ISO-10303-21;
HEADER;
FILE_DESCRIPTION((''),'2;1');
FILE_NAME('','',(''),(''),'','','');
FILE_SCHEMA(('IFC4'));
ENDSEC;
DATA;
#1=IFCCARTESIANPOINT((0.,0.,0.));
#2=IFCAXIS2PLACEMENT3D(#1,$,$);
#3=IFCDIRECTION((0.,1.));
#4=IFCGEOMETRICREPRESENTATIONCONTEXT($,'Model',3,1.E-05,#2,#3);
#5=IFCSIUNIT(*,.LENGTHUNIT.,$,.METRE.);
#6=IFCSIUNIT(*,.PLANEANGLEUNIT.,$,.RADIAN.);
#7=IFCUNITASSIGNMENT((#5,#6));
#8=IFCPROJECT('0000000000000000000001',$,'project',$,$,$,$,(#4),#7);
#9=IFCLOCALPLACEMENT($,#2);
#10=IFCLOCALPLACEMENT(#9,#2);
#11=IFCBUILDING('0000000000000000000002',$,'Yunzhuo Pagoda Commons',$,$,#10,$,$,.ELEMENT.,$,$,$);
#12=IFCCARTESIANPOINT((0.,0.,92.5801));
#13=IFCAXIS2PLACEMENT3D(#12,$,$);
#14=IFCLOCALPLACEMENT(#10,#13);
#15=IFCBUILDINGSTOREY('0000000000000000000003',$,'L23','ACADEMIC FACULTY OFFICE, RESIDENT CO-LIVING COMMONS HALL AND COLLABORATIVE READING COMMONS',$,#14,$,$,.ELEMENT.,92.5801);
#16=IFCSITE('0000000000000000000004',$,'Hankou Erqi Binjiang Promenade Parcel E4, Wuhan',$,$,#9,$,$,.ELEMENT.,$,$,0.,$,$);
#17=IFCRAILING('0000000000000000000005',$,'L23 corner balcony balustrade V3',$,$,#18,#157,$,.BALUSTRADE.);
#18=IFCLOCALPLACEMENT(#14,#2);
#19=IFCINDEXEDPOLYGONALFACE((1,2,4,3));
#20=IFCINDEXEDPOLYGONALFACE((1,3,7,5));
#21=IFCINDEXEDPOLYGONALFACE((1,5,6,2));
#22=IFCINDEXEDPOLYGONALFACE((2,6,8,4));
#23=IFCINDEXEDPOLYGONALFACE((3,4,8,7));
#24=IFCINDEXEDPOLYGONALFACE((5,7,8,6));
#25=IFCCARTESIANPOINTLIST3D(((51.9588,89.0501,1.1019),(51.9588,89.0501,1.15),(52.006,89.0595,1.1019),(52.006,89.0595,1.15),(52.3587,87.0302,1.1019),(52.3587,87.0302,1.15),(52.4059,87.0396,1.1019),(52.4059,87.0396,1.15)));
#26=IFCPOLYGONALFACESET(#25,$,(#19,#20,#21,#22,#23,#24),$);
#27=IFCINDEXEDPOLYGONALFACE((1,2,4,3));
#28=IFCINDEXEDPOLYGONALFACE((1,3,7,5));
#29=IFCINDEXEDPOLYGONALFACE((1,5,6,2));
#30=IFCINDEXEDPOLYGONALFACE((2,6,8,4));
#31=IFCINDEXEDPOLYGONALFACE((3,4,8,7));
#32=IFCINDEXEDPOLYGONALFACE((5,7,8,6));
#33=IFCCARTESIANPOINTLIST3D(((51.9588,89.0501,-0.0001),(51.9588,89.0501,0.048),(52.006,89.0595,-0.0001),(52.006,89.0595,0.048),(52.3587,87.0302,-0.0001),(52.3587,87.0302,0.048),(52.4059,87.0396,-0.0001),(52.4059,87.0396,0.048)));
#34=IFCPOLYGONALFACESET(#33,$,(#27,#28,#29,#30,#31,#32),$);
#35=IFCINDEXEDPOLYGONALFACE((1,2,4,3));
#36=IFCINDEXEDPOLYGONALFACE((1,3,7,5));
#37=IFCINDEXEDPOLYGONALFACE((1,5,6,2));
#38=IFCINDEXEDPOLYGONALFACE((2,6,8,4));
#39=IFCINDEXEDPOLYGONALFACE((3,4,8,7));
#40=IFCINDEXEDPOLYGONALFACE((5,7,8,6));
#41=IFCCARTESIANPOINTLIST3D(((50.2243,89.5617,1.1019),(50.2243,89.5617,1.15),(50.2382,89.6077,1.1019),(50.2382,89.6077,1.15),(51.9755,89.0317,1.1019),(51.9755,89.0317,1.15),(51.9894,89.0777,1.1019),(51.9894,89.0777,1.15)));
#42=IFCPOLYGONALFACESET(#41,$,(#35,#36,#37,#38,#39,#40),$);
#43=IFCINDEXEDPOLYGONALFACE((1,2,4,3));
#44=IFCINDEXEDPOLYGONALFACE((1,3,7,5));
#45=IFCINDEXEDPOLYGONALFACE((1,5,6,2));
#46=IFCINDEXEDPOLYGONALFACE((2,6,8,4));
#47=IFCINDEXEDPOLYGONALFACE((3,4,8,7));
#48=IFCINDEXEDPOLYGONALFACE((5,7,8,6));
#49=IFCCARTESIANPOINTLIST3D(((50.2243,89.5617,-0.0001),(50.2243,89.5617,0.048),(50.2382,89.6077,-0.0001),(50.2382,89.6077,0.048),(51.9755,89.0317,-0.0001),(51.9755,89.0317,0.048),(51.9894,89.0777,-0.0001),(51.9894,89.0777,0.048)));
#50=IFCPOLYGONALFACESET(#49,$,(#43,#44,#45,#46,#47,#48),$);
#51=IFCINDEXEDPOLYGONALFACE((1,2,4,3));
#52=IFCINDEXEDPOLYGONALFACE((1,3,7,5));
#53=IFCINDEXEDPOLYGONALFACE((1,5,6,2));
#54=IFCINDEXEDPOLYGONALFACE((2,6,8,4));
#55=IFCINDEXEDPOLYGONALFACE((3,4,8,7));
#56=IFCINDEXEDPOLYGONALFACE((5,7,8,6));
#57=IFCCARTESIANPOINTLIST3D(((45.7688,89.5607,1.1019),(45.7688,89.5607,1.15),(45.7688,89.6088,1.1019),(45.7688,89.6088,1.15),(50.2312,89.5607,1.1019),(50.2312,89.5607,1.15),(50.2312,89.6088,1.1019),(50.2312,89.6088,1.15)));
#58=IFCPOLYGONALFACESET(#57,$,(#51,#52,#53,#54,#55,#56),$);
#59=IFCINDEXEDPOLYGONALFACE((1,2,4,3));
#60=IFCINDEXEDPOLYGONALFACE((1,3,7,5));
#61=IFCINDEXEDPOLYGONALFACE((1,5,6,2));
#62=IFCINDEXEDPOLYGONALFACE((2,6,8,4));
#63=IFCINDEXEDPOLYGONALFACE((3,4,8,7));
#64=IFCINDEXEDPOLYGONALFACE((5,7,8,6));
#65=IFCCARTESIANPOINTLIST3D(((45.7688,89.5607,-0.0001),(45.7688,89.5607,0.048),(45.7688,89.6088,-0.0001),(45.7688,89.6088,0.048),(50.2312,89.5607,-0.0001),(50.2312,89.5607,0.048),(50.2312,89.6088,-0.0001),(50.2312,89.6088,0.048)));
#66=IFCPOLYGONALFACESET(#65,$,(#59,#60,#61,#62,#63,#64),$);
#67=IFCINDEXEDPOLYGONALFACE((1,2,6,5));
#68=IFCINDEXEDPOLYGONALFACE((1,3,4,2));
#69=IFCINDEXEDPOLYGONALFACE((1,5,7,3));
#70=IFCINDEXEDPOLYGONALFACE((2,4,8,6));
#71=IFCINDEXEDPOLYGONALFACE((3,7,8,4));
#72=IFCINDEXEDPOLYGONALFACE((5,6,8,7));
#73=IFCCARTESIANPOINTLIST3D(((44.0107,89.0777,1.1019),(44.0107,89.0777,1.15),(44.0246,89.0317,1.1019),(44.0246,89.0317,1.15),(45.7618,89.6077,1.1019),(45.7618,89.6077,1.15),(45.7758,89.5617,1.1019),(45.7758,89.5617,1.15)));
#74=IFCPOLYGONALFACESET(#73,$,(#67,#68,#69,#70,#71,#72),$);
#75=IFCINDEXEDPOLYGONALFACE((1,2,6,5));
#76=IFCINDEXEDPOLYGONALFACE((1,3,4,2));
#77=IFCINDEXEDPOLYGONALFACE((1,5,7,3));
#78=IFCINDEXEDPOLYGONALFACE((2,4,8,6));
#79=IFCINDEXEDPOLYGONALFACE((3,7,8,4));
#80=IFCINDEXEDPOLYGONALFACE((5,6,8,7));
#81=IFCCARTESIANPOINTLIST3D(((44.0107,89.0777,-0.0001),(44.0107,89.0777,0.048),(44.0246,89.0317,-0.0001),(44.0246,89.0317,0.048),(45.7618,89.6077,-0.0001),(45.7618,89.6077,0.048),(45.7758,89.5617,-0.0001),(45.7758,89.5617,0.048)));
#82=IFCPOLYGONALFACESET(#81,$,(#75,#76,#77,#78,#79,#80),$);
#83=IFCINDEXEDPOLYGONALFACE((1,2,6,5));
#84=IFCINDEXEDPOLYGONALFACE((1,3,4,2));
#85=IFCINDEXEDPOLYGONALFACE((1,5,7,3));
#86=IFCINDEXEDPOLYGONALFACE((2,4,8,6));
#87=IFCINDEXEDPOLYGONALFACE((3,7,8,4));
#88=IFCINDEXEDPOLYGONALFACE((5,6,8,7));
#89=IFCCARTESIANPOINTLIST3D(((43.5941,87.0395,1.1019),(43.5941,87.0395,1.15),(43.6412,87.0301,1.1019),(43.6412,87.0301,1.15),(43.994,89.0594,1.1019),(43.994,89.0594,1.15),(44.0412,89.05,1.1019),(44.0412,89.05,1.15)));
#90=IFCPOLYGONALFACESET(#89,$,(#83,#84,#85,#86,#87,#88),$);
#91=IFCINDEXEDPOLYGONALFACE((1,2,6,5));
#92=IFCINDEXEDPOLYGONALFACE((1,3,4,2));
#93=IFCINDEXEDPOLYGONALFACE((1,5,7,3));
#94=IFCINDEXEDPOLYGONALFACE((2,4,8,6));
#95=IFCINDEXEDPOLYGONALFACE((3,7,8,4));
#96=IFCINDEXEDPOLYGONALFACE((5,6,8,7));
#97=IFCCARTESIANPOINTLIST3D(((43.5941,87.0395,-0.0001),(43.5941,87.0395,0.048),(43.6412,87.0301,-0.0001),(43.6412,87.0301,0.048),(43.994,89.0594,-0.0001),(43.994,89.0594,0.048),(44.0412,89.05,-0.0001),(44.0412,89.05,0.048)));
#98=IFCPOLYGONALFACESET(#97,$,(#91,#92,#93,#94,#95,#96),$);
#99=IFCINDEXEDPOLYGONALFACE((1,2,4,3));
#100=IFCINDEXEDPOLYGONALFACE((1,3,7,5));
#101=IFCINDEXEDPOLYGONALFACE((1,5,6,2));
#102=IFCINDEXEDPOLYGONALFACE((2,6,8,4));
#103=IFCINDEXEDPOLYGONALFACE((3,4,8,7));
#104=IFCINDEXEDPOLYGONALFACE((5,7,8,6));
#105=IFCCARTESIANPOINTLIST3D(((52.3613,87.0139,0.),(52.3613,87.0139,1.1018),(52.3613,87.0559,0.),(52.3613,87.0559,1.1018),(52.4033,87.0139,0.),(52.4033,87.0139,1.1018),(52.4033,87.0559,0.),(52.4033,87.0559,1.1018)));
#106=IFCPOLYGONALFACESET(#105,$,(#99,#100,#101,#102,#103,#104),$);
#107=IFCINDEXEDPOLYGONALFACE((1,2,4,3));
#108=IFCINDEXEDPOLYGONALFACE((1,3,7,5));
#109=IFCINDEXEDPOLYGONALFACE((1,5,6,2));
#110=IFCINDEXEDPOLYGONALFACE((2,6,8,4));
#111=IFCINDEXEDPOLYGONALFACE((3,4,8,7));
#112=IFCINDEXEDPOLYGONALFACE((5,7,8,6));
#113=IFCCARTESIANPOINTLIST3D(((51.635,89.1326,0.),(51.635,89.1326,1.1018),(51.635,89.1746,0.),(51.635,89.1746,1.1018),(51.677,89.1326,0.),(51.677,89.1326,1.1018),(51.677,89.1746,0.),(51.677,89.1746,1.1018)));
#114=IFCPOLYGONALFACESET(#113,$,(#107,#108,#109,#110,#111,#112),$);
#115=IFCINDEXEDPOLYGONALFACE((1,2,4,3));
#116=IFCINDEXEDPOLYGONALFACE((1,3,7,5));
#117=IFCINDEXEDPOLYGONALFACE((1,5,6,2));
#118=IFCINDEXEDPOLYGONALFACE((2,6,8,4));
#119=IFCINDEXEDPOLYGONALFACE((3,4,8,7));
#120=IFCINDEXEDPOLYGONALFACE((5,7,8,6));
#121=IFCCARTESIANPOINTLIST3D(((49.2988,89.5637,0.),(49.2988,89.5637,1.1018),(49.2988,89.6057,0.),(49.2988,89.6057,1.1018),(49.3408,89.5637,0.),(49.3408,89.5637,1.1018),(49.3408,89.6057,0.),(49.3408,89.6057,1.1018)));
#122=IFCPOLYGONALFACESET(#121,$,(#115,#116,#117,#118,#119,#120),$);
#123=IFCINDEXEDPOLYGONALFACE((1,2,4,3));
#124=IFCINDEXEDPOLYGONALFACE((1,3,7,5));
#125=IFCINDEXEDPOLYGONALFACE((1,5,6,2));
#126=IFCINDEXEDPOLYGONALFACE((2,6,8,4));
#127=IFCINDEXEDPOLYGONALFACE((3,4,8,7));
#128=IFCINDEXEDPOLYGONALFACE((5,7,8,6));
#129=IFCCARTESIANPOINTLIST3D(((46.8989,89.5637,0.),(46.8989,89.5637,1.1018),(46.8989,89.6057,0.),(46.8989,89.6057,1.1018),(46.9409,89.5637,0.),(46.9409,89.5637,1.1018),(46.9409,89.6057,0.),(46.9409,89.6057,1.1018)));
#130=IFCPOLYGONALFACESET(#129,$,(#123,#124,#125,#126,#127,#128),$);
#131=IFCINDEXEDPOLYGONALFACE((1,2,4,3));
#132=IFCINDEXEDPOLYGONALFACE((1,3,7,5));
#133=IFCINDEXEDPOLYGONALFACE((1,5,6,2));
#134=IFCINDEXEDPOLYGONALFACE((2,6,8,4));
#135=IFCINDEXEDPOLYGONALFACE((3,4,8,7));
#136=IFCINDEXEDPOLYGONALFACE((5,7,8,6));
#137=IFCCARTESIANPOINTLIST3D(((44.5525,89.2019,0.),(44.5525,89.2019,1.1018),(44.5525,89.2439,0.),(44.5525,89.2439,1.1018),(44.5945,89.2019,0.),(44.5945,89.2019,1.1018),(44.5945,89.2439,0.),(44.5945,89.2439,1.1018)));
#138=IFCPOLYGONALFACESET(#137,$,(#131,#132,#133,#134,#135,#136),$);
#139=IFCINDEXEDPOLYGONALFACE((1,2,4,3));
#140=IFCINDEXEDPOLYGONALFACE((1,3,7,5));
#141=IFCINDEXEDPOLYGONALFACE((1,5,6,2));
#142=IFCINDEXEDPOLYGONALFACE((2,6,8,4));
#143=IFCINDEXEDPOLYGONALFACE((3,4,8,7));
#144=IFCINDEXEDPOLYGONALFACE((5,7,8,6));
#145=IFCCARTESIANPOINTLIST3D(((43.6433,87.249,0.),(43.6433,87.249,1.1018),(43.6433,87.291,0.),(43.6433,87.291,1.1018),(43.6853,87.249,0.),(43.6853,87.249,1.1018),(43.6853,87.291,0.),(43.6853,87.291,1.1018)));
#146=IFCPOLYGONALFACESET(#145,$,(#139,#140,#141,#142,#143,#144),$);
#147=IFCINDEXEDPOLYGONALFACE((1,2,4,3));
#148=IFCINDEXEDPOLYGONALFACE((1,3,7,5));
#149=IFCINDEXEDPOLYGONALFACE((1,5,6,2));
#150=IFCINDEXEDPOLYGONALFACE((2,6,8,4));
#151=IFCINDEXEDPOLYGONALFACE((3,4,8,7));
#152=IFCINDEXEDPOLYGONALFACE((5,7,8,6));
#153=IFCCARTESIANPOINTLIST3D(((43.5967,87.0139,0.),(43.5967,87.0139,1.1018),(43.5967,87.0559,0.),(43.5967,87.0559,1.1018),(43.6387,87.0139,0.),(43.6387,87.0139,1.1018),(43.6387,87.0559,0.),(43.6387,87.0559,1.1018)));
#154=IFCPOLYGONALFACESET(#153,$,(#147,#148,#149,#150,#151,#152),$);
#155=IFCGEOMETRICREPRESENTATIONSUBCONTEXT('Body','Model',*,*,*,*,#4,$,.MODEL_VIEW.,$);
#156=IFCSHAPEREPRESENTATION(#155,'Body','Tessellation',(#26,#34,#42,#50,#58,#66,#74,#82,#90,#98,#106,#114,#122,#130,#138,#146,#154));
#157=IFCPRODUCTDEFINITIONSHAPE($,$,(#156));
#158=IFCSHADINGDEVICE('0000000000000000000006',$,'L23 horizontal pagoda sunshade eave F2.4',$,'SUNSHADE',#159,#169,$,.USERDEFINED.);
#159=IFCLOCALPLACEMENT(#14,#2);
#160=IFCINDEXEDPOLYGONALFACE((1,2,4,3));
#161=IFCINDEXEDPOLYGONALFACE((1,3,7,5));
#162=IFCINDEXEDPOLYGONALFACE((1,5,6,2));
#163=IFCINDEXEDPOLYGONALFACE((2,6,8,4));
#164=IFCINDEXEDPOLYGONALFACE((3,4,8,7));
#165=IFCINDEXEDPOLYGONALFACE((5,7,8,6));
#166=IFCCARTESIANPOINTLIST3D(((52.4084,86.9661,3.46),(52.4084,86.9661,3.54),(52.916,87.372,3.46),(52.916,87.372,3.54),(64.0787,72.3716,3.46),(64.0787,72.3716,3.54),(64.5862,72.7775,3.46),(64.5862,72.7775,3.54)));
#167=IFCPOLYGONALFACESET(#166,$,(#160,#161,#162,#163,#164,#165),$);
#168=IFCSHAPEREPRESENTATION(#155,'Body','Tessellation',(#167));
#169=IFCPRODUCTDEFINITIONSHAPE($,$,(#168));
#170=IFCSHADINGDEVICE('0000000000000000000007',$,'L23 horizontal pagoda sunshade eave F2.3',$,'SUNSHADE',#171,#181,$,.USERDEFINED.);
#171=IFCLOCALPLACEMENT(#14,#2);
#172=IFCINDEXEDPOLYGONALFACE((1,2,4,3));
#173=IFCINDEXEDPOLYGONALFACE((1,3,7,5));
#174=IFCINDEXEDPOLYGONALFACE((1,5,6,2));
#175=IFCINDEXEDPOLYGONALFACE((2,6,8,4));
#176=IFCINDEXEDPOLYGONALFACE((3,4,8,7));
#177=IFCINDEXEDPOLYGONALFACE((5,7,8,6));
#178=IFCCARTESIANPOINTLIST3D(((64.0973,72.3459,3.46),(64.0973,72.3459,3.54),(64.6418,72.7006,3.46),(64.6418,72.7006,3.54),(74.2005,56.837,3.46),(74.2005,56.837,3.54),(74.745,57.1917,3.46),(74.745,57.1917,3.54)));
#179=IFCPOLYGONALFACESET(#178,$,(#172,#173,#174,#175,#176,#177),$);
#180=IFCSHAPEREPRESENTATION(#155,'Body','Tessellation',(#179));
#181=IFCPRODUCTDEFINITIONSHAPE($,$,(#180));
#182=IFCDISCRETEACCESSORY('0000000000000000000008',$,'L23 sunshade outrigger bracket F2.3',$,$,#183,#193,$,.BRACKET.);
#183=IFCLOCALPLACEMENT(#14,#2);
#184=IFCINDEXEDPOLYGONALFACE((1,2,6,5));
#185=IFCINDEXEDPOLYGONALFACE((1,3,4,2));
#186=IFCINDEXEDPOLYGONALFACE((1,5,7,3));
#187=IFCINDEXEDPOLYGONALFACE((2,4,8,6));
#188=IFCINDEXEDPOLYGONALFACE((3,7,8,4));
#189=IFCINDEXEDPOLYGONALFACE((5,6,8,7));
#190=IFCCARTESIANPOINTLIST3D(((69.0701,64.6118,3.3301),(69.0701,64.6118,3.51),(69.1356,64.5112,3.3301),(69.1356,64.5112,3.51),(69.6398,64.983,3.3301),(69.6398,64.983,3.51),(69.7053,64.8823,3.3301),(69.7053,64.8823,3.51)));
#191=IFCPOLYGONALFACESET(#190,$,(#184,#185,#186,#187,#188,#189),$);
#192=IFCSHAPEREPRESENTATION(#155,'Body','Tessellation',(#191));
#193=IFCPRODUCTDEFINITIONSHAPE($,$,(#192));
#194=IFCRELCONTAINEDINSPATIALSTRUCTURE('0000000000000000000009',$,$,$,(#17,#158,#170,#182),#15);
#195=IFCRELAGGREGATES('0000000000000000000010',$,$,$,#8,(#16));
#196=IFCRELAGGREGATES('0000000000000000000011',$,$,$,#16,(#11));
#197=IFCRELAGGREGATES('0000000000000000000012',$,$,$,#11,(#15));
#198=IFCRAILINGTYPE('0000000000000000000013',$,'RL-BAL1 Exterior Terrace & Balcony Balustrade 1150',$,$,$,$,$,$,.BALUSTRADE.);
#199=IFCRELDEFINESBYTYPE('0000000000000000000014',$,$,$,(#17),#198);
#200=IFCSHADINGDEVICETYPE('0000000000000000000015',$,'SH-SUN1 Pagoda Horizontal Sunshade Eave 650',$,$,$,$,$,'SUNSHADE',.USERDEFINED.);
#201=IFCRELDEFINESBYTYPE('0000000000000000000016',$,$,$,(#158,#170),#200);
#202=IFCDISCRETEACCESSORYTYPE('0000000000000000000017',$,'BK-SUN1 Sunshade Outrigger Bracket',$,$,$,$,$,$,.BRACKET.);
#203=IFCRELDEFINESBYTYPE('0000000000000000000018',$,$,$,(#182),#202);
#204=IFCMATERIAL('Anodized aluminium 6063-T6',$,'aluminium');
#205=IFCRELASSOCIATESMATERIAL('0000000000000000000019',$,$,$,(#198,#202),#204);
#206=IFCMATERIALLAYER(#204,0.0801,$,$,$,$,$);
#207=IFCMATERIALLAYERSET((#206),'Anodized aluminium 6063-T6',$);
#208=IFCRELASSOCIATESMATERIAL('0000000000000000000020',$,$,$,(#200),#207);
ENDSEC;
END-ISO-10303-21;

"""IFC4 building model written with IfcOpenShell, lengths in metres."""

from ifc_helpers import new_model, si_unit, direction, frame, origin, origin_2d, place, context, subcontext, project, spatial, rectangle, extrude, source, transform, mapped, material, layer, layer_set, type_object, element, save


model = new_model("IFC4")

# Units and contexts
model_context = context("Model", 3, precision=1e-05, world=origin(), true_north=direction((0.0, 1.0)))
body_context = subcontext(model_context, "Body", "Model", "MODEL_VIEW")
ifc_project = project(units=[si_unit("LENGTHUNIT", "METRE"), si_unit("PLANEANGLEUNIT", "RADIAN")], contexts=[model_context])

# Site, building, storey
site_placement = place(None, origin())
site = spatial("IfcSite", under=ifc_project, at=site_placement, Name="Hankou Erqi Binjiang Promenade Parcel E4, Wuhan", CompositionType="ELEMENT", RefElevation=0.0)
building_placement = place(site_placement, origin())
building = spatial("IfcBuilding", under=site, at=building_placement, Name="Yunzhuo Pagoda Commons", CompositionType="ELEMENT")
storey_placement = place(building_placement, frame((0.0, 0.0, 92.5801)))
storey = spatial("IfcBuildingStorey", under=building, at=storey_placement, Name="L23", Description="ACADEMIC FACULTY OFFICE, RESIDENT CO-LIVING COMMONS HALL AND COLLABORATIVE READING COMMONS", CompositionType="ELEMENT", Elevation=92.5801)

# Shared definitions
ifc_material_1 = material(Name="Anodized aluminium 6063-T6", Category="aluminium")

# Railing
railing_type_1 = type_object("IfcRailingType", Name="RL-BAL1 Exterior Terrace & Balcony Balustrade 1150", PredefinedType="BALUSTRADE", material=ifc_material_1)
railing_1_placement = place(storey_placement, frame((52.3823, 87.0349, 0.0)))
element("IfcRailing", 1, at=railing_1_placement, inside=storey, type_object=railing_type_1, Name="L23 corner balcony balustrade V3", PredefinedType="BALUSTRADE", context=body_context, shape_type="SweptSolid", body=[
    extrude(rectangle(XDim=0.0481, YDim=0.0481, at=origin_2d()), frame((0.0, 0.0, 1.126), z_axis=(-0.194223, 0.980957, 0.0), x_axis=(-0.980957, -0.194223, 0.0)), (0.0, 0.0, 1.0), 2.0591),
    extrude(rectangle(XDim=0.0481, YDim=0.0481, at=origin_2d()), frame((0.0, 0.0, 0.0239), z_axis=(-0.194223, 0.980957, 0.0), x_axis=(-0.980957, -0.194223, 0.0)), (0.0, 0.0, 1.0), 2.0591),
    extrude(rectangle(XDim=0.0481, YDim=0.0481, at=origin_2d()), frame((-0.3999, 2.0198, 1.126), z_axis=(-0.957122, 0.289685, 0.0), x_axis=(-0.289685, -0.957122, 0.0)), (0.0, 0.0, 1.0), 1.8296),
    extrude(rectangle(XDim=0.0481, YDim=0.0481, at=origin_2d()), frame((-0.3999, 2.0198, 0.0239), z_axis=(-0.957122, 0.289685, 0.0), x_axis=(-0.289685, -0.957122, 0.0)), (0.0, 0.0, 1.0), 1.8296),
    extrude(rectangle(XDim=0.0481, YDim=0.0481, at=origin_2d()), frame((-2.1511, 2.5498, 1.126), z_axis=(-1.0, 0.0, 0.0), x_axis=(0.0, -1.0, 0.0)), (0.0, 0.0, 1.0), 4.4624),
    extrude(rectangle(XDim=0.0481, YDim=0.0481, at=origin_2d()), frame((-2.1511, 2.5498, 0.0239), z_axis=(-1.0, 0.0, 0.0), x_axis=(0.0, -1.0, 0.0)), (0.0, 0.0, 1.0), 4.4624),
    extrude(rectangle(XDim=0.0481, YDim=0.0481, at=origin_2d()), frame((-6.6135, 2.5498, 1.126), z_axis=(-0.957122, -0.289685, 0.0), x_axis=(0.289685, -0.957122, 0.0)), (0.0, 0.0, 1.0), 1.8296),
    extrude(rectangle(XDim=0.0481, YDim=0.0481, at=origin_2d()), frame((-6.6135, 2.5498, 0.0239), z_axis=(-0.957122, -0.289685, 0.0), x_axis=(0.289685, -0.957122, 0.0)), (0.0, 0.0, 1.0), 1.8296),
    extrude(rectangle(XDim=0.0481, YDim=0.0481, at=origin_2d()), frame((-8.3647, 2.0198, 1.126), z_axis=(-0.194223, -0.980957, 0.0), x_axis=(0.980957, -0.194223, 0.0)), (0.0, 0.0, 1.0), 2.0591),
    extrude(rectangle(XDim=0.0481, YDim=0.0481, at=origin_2d()), frame((-8.3647, 2.0198, 0.0239), z_axis=(-0.194223, -0.980957, 0.0), x_axis=(0.980957, -0.194223, 0.0)), (0.0, 0.0, 1.0), 2.0591),
    extrude(rectangle(XDim=0.042, YDim=0.042, at=origin_2d()), origin(), (0.0, 0.0, 1.0), 1.1018),
    extrude(rectangle(XDim=0.042, YDim=0.042, at=origin_2d()), frame((-0.7263, 2.1187, 0.0)), (0.0, 0.0, 1.0), 1.1018),
    extrude(rectangle(XDim=0.042, YDim=0.042, at=origin_2d()), frame((-3.0625, 2.5498, 0.0)), (0.0, 0.0, 1.0), 1.1018),
    extrude(rectangle(XDim=0.042, YDim=0.042, at=origin_2d()), frame((-5.4624, 2.5498, 0.0)), (0.0, 0.0, 1.0), 1.1018),
    extrude(rectangle(XDim=0.042, YDim=0.042, at=origin_2d()), frame((-7.8088, 2.188, 0.0)), (0.0, 0.0, 1.0), 1.1018),
    extrude(rectangle(XDim=0.042, YDim=0.042, at=origin_2d()), frame((-8.718, 0.2351, 0.0)), (0.0, 0.0, 1.0), 1.1018),
    extrude(rectangle(XDim=0.042, YDim=0.042, at=origin_2d()), frame((-8.7646, 0.0, 0.0)), (0.0, 0.0, 1.0), 1.1018),
])

# Shading devices
ifc_layer_1 = layer(ifc_material_1, 0.0801)
ifc_layer_set_1 = layer_set([ifc_layer_1], Name="Anodized aluminium 6063-T6")
shading_device_type = type_object("IfcShadingDeviceType", Name="SH-SUN1 Pagoda Horizontal Sunshade Eave 650", ElementType="SUNSHADE", PredefinedType="USERDEFINED", material=ifc_layer_set_1)
shared_shape_1 = source(origin(), body_context, "Body", "SweptSolid", [
    extrude(rectangle(XDim=18.6868, YDim=0.6499, at=origin_2d()), origin(), (0.0, 0.0, 1.0), 0.0801),
])
shading_device_1_placement = place(storey_placement, frame((58.4973, 79.8718, 3.46), z_axis=(0.0, 0.0, 1.0), x_axis=(-0.62452, 0.781008, 0.0)))
element("IfcShadingDevice", 2, at=shading_device_1_placement, inside=storey, type_object=shading_device_type, Name="L23 horizontal pagoda sunshade eave F2.4", ObjectType="SUNSHADE", PredefinedType="USERDEFINED", context=body_context, shape_type="MappedRepresentation", body=[
    mapped(shared_shape_1, transform((0.0, 0.0, 0.0), scale=1.0)),
])
shared_shape_2 = source(origin(), body_context, "Body", "SweptSolid", [
    extrude(rectangle(XDim=18.5095, YDim=0.6499, at=origin_2d()), origin(), (0.0, 0.0, 1.0), 0.0801),
])
shading_device_2_placement = place(storey_placement, frame((69.4211, 64.7688, 3.46), z_axis=(0.0, 0.0, 1.0), x_axis=(-0.545839, 0.83789, 0.0)))
element("IfcShadingDevice", 3, at=shading_device_2_placement, inside=storey, type_object=shading_device_type, Name="L23 horizontal pagoda sunshade eave F2.3", ObjectType="SUNSHADE", PredefinedType="USERDEFINED", context=body_context, shape_type="MappedRepresentation", body=[
    mapped(shared_shape_2, transform((0.0, 0.0, 0.0), scale=1.0)),
])

# Discrete accessory
discrete_accessory_type = type_object("IfcDiscreteAccessoryType", Name="BK-SUN1 Sunshade Outrigger Bracket", PredefinedType="BRACKET", material=ifc_material_1)
shared_shape_3 = source(origin(), body_context, "Body", "SweptSolid", [
    extrude(rectangle(XDim=0.1201, YDim=0.6799, at=origin_2d()), origin(), (0.0, 0.0, 1.0), 0.1799),
])
discrete_accessory_placement = place(storey_placement, frame((69.3877, 64.7471, 3.3301), z_axis=(0.0, 0.0, 1.0), x_axis=(-0.545839, 0.83789, 0.0)))
element("IfcDiscreteAccessory", 4, at=discrete_accessory_placement, inside=storey, type_object=discrete_accessory_type, Name="L23 sunshade outrigger bracket F2.3", PredefinedType="BRACKET", context=body_context, shape_type="MappedRepresentation", body=[
    mapped(shared_shape_3, transform((0.0, 0.0, 0.0), scale=1.0)),
])

save(model, "model.ifc")
